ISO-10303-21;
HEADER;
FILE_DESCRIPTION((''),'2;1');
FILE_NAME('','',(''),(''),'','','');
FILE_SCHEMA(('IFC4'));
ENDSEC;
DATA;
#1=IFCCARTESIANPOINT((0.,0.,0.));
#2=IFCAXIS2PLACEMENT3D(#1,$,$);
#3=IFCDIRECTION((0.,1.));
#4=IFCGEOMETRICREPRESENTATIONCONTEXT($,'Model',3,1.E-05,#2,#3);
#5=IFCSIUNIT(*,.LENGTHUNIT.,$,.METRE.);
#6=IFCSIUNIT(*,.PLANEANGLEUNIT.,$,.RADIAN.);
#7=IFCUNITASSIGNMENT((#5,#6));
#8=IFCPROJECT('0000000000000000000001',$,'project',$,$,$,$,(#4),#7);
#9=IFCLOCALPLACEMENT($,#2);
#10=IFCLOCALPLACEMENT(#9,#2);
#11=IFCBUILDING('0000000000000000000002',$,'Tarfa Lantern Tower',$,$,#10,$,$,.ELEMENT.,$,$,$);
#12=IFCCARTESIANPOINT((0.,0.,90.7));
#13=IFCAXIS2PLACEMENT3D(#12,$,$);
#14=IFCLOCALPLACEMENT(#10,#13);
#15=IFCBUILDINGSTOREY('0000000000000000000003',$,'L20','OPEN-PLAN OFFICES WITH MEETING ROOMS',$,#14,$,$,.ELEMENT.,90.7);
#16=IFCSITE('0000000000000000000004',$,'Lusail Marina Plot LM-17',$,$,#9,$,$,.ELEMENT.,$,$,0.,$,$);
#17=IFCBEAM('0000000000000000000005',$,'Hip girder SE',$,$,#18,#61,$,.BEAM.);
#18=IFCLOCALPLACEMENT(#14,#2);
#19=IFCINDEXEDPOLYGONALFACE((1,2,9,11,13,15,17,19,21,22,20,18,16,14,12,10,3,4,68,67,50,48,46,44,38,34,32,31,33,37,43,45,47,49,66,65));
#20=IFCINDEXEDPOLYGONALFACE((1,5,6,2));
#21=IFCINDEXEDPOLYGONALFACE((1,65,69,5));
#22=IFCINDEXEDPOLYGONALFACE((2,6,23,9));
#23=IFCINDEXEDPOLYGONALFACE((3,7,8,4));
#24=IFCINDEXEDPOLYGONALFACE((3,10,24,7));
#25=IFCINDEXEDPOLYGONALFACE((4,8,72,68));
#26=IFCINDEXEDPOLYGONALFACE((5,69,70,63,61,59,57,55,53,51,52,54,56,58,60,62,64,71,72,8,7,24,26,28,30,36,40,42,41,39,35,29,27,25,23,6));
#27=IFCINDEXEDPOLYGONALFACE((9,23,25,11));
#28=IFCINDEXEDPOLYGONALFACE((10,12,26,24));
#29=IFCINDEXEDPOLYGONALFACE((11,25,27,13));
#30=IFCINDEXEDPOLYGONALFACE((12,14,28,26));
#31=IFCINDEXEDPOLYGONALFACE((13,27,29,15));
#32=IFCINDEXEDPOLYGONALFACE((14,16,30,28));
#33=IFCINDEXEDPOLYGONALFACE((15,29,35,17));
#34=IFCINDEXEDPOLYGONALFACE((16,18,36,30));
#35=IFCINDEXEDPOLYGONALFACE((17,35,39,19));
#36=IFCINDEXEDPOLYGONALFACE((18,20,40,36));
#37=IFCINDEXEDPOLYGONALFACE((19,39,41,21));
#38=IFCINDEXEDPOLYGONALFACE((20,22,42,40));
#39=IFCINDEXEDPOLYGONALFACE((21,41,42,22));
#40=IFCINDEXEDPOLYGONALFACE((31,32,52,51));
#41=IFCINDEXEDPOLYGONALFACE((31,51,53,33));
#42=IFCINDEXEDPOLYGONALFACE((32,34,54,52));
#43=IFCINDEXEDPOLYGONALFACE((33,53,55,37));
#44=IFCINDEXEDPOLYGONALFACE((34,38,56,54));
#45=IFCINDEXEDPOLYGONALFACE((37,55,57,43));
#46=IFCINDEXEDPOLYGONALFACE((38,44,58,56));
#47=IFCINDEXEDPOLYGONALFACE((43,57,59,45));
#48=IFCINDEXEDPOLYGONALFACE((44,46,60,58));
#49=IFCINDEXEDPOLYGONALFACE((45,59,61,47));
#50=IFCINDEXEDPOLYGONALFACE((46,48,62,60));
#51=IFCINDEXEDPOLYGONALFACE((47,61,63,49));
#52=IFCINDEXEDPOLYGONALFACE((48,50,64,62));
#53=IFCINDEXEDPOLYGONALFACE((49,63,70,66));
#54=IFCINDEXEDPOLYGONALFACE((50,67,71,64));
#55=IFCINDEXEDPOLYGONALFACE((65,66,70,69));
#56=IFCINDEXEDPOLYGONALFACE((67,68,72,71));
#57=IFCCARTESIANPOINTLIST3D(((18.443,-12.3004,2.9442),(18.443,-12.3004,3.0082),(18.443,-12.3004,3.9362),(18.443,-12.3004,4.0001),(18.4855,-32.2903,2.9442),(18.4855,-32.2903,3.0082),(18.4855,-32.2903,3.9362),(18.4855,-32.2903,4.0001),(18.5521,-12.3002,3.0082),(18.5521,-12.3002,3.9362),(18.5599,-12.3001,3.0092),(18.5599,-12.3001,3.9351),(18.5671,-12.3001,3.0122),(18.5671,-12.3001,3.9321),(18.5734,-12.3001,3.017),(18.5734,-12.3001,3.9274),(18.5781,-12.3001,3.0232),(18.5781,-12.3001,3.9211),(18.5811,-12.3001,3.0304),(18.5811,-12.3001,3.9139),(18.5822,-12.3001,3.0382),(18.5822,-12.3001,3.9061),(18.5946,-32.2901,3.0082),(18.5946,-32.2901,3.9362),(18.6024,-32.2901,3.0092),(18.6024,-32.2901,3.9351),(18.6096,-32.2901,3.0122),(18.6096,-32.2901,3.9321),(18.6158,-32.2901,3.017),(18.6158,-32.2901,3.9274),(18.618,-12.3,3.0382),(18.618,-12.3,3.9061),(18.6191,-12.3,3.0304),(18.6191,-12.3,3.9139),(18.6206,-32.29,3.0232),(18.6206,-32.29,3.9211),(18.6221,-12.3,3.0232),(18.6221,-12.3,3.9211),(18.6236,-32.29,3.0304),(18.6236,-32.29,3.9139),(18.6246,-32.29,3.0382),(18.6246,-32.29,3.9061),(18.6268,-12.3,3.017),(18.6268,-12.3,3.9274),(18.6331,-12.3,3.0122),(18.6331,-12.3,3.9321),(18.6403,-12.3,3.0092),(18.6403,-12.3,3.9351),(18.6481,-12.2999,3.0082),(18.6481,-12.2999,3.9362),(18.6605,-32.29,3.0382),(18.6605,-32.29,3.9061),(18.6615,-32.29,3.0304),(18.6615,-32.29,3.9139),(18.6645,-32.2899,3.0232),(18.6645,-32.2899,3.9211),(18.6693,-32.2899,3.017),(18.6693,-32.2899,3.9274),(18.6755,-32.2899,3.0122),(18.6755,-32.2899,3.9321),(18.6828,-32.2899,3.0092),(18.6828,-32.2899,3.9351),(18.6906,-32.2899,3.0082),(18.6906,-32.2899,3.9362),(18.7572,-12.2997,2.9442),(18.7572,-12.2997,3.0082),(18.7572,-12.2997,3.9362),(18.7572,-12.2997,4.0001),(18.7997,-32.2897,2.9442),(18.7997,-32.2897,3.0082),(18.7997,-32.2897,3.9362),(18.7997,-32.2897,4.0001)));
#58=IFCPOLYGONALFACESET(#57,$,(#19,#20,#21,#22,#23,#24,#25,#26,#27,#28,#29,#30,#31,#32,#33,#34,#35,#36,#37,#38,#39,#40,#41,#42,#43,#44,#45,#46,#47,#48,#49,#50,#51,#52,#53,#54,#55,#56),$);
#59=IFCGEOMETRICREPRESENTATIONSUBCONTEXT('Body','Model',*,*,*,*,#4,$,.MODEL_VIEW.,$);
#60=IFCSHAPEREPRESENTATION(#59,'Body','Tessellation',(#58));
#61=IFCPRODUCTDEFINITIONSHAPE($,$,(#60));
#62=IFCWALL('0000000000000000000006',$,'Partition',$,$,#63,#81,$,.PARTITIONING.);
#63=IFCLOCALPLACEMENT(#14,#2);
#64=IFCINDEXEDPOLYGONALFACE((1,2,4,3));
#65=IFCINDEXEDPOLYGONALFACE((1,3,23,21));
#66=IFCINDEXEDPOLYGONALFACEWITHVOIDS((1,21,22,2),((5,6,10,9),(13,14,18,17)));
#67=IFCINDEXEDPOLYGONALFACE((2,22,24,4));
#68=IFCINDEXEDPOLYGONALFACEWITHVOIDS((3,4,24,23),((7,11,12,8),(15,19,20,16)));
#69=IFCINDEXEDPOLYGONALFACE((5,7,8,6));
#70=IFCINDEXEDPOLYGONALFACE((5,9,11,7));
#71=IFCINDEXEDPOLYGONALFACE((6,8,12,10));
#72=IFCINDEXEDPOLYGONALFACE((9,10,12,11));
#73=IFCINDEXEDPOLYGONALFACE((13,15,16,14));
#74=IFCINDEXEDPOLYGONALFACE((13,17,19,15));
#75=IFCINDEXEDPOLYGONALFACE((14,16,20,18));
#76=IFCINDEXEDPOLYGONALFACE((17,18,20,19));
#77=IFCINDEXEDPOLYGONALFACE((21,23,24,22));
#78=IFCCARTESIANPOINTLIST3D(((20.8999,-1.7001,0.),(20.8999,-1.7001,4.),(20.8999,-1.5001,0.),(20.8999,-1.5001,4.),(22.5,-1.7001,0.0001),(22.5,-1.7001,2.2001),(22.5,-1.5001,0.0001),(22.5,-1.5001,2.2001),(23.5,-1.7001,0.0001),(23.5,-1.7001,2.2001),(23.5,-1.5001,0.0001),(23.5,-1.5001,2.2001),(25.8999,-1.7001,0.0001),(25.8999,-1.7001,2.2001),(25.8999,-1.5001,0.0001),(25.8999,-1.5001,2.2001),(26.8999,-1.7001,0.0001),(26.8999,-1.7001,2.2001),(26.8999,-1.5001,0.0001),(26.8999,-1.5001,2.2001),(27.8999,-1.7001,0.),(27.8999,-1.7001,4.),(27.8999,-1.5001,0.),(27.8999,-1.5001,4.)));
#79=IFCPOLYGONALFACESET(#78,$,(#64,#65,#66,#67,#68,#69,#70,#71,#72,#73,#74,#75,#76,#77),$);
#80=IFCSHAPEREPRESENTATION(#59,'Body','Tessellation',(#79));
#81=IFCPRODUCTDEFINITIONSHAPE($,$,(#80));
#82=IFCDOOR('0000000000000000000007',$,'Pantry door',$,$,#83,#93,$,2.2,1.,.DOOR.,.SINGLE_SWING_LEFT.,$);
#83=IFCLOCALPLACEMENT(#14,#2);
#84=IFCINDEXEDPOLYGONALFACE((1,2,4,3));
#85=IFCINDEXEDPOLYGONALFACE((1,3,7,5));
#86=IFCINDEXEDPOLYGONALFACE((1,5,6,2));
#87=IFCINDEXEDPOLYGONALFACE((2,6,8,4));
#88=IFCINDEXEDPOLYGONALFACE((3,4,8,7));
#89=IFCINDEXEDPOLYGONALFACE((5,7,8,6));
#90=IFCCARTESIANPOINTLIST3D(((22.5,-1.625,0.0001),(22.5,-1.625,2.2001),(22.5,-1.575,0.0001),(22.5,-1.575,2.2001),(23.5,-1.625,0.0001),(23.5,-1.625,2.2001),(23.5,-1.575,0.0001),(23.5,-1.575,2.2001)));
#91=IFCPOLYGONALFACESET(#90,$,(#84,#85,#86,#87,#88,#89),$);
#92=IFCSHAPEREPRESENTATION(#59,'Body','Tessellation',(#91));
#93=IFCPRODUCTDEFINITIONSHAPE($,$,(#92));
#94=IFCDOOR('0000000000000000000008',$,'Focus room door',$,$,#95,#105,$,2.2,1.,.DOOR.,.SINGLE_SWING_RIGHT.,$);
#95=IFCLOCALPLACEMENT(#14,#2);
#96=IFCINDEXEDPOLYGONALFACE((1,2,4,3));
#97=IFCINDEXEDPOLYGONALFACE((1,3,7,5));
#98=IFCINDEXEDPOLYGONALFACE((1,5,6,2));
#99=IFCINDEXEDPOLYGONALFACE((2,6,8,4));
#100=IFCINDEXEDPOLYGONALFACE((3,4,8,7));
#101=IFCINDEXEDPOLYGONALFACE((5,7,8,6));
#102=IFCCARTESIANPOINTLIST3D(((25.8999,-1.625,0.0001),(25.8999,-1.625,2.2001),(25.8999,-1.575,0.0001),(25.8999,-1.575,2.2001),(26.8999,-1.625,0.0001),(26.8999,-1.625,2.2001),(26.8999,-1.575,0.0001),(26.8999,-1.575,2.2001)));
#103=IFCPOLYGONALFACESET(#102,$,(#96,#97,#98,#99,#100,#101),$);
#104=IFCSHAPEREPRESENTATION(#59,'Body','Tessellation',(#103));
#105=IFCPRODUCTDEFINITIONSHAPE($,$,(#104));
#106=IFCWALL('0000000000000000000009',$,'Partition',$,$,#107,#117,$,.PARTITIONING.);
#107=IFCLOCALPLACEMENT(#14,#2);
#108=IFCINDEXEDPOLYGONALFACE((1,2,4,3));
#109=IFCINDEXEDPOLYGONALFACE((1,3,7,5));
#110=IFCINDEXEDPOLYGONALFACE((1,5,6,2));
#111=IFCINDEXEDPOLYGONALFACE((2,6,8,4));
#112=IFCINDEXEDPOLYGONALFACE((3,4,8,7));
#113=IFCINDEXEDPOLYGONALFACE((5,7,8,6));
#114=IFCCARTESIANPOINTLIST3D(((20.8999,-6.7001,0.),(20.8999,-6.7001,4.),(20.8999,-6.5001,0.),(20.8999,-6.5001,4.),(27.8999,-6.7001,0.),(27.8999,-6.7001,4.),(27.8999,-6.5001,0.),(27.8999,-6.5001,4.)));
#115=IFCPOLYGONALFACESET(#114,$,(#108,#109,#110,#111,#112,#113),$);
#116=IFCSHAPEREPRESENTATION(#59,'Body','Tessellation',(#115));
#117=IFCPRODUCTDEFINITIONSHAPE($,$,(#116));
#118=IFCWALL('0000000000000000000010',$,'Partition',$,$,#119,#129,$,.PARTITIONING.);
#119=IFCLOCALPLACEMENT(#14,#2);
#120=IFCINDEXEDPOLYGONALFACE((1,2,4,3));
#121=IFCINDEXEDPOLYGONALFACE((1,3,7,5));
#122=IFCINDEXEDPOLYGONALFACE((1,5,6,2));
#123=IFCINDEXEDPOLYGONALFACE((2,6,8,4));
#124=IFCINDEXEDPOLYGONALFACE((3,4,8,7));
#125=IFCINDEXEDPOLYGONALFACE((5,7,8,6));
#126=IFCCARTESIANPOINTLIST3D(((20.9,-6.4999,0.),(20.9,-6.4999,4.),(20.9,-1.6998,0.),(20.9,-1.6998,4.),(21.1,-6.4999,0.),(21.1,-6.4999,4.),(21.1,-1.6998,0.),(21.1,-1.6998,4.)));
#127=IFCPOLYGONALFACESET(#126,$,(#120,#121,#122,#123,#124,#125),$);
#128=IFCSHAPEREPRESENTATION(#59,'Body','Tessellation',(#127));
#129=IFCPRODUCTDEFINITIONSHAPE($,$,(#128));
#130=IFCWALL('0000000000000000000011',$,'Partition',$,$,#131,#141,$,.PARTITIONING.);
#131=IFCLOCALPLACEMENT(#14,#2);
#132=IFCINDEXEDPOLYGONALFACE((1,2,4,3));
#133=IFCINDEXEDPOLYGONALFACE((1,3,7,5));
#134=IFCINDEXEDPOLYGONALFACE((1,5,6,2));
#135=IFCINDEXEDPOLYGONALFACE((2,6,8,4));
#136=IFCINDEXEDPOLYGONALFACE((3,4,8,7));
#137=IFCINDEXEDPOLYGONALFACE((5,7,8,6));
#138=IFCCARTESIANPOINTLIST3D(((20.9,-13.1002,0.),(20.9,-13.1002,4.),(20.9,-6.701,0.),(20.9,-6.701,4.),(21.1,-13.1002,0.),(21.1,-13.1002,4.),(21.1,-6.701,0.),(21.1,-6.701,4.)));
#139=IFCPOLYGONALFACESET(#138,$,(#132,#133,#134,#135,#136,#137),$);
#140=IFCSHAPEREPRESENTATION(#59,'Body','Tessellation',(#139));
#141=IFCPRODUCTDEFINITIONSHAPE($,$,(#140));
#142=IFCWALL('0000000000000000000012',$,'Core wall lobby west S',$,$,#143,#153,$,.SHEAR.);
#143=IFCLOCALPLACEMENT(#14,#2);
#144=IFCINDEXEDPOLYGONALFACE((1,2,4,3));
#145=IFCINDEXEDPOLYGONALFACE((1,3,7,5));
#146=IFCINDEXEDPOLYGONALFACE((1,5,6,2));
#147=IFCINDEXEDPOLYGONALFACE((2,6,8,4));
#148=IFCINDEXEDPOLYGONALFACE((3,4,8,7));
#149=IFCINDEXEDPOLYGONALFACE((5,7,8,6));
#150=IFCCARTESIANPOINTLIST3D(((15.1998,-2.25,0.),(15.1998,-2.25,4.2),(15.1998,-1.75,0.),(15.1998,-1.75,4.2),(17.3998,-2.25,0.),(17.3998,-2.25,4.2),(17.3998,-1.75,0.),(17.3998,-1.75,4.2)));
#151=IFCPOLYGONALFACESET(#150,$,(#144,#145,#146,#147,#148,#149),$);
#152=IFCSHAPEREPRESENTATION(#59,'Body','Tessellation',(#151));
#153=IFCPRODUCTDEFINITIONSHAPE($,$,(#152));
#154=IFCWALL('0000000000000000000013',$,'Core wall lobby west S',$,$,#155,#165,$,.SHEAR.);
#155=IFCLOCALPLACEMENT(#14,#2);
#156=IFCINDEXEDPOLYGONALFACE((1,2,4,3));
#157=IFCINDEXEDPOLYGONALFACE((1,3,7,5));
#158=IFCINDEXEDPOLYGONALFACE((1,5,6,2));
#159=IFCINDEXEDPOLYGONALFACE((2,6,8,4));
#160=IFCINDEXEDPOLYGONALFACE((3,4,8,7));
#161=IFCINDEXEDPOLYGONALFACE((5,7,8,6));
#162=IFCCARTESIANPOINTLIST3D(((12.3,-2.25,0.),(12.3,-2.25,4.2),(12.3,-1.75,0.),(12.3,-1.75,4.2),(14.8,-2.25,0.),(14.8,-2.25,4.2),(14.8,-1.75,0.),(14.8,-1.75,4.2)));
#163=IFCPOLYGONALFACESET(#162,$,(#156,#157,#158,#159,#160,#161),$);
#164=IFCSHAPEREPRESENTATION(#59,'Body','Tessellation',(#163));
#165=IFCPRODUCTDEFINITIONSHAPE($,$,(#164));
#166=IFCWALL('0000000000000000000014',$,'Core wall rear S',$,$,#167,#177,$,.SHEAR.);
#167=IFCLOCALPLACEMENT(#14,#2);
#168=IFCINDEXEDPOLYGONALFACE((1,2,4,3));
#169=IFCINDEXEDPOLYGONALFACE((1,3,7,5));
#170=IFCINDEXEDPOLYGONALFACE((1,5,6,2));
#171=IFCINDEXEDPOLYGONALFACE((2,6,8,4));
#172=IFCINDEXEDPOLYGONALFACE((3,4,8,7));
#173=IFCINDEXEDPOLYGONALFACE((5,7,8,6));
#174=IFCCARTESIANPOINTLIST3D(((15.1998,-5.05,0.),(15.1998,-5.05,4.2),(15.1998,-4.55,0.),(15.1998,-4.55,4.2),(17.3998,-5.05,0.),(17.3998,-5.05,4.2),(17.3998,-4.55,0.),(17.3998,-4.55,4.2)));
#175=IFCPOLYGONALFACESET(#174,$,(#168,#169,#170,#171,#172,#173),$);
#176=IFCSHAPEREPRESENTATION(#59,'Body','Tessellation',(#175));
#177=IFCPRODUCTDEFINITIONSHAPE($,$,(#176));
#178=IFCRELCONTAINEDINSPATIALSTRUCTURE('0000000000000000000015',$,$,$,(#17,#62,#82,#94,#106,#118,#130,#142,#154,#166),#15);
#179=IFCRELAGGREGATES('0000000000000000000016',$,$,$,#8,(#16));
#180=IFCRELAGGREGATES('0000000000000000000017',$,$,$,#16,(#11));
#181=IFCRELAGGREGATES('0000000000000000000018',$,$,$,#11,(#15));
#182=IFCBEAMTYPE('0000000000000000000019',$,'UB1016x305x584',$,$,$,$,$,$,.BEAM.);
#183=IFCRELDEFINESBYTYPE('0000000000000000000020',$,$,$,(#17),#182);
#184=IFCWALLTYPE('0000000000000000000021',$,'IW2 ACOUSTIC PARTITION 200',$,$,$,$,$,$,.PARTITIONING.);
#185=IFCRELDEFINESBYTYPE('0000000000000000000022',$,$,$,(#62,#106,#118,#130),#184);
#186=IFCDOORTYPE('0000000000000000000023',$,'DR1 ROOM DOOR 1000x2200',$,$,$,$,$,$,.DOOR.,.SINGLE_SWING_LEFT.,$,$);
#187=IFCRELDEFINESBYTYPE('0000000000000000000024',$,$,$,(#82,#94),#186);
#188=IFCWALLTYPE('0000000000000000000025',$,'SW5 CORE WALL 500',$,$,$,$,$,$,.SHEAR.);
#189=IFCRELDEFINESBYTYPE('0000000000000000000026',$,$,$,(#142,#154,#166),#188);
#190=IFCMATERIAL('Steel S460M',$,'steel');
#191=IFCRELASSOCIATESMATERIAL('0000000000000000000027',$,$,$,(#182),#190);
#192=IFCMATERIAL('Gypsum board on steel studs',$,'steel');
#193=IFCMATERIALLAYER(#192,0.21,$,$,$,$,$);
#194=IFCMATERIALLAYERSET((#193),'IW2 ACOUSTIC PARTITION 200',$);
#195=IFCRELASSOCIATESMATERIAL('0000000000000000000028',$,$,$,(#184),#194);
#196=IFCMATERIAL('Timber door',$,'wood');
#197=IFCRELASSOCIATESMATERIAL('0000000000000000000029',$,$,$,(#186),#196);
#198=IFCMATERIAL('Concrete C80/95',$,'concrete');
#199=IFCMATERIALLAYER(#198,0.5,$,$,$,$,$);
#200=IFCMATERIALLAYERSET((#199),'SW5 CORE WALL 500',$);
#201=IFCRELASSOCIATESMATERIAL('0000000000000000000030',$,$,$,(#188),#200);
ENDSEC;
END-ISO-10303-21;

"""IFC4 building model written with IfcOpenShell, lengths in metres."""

from ifc_helpers import new_model, si_unit, direction, frame, frame_2d, origin, origin_2d, place, context, subcontext, project, spatial, rectangle, i_section, extrude, material, layer, layer_set, material_profile, profile_set, type_object, element, fill, save


model = new_model("IFC4")

# Units and contexts
model_context = context("Model", 3, precision=1e-05, world=origin(), true_north=direction((0.0, 1.0)))
body_context = subcontext(model_context, "Body", "Model", "MODEL_VIEW")
ifc_project = project(units=[si_unit("LENGTHUNIT", "METRE"), si_unit("PLANEANGLEUNIT", "RADIAN")], contexts=[model_context])

# Site, building, storey
site_placement = place(None, origin())
site = spatial("IfcSite", under=ifc_project, at=site_placement, Name="Lusail Marina Plot LM-17", CompositionType="ELEMENT", RefElevation=0.0)
building_placement = place(site_placement, origin())
building = spatial("IfcBuilding", under=site, at=building_placement, Name="Tarfa Lantern Tower", CompositionType="ELEMENT")
storey_placement = place(building_placement, frame((0.0, 0.0, 90.7)))
storey = spatial("IfcBuildingStorey", under=building, at=storey_placement, Name="L20", Description="OPEN-PLAN OFFICES WITH MEETING ROOMS", CompositionType="ELEMENT", Elevation=90.7)

# Beam
ifc_material_1 = material(Name="Steel S460M", Category="steel")
ifc_material_profile = material_profile(ifc_material_1, i_section(OverallWidth=0.3142, OverallDepth=1.0559, WebThickness=0.0359, FlangeThickness=0.064, FilletRadius=0.03, at=origin_2d()), Name="UB1016x305x584")
ifc_profile_set = profile_set([ifc_material_profile], Name="Steel S460M")
beam_type = type_object("IfcBeamType", Name="UB1016x305x584", PredefinedType="BEAM", material=ifc_profile_set)
beam_placement = place(storey_placement, frame((18.6001, -12.3, 3.4722), z_axis=(0.002125, -0.999998, 0.0), x_axis=(0.999998, 0.002125, 0.0)))
element("IfcBeam", 1, at=beam_placement, inside=storey, type_object=beam_type, Name="Hip girder SE", PredefinedType="BEAM", context=body_context, shape_type="SweptSolid", body=[
    extrude(i_section(OverallWidth=0.3142, OverallDepth=1.0559, WebThickness=0.0359, FlangeThickness=0.064, FilletRadius=0.03, at=origin_2d()), origin(), (0.0, 0.0, 1.0), 19.99),
])

# Wall, openings, doors
ifc_material_2 = material(Name="Gypsum board on steel studs", Category="steel")
ifc_layer_1 = layer(ifc_material_2, 0.21)
ifc_layer_set_1 = layer_set([ifc_layer_1], Name="IW2 ACOUSTIC PARTITION 200")
wall_type_1 = type_object("IfcWallType", Name="IW2 ACOUSTIC PARTITION 200", PredefinedType="PARTITIONING", material=ifc_layer_set_1)
wall_1_placement = place(storey_placement, frame((20.8999, -1.6001, 0.0), z_axis=(0.0, 0.0, 1.0), x_axis=(1.0, 0.0, 0.0)))
wall_1 = element("IfcWall", 2, at=wall_1_placement, inside=storey, type_object=wall_type_1, Name="Partition", PredefinedType="PARTITIONING", context=body_context, shape_type="SweptSolid", body=[
    extrude(rectangle(XDim=7.0, YDim=0.2, at=frame_2d((3.5, 0.0))), origin(), (0.0, 0.0, 1.0), 4.0),
])
opening_1_placement = place(wall_1_placement, frame((1.6001, 0.0, 0.0)))
opening_1 = element("IfcOpeningElement", 3, at=opening_1_placement, cuts=wall_1, PredefinedType="OPENING", context=body_context, shape_type="SweptSolid", body=[
    extrude(rectangle(XDim=1.0, YDim=2.2, at=frame_2d((0.5, 1.1001))), frame((0.0, 0.1099, 0.0), z_axis=(0.0, -1.0, 0.0), x_axis=(1.0, 0.0, 0.0)), (0.0, 0.0, 1.0), 0.22),
])
opening_2_placement = place(wall_1_placement, frame((5.0, 0.0, 0.0)))
opening_2 = element("IfcOpeningElement", 4, at=opening_2_placement, cuts=wall_1, PredefinedType="OPENING", context=body_context, shape_type="SweptSolid", body=[
    extrude(rectangle(XDim=1.0, YDim=2.2, at=frame_2d((0.5, 1.1001))), frame((0.0, 0.1099, 0.0), z_axis=(0.0, -1.0, 0.0), x_axis=(1.0, 0.0, 0.0)), (0.0, 0.0, 1.0), 0.22),
])
ifc_material_3 = material(Name="Timber door", Category="wood")
door_type_1 = type_object("IfcDoorType", Name="DR1 ROOM DOOR 1000x2200", OperationType="SINGLE_SWING_LEFT", PredefinedType="DOOR", material=ifc_material_3)
door_1_placement = place(opening_1_placement, frame((1.0, 0.0, 0.0), z_axis=(0.0, 0.0, 1.0), x_axis=(-1.0, 0.0, 0.0)))
door_1 = element("IfcDoor", 5, at=door_1_placement, inside=storey, type_object=door_type_1, Name="Pantry door", OperationType="SINGLE_SWING_LEFT", OverallHeight=2.2, OverallWidth=1.0, PredefinedType="DOOR", context=body_context, shape_type="SweptSolid", body=[
    extrude(rectangle(XDim=1.0, YDim=2.2, at=frame_2d((0.5, 1.1001))), frame((0.0, 0.0249, 0.0), z_axis=(0.0, -1.0, 0.0), x_axis=(1.0, 0.0, 0.0)), (0.0, 0.0, 1.0), 0.05),
])
fill(opening_1, door_1)
door_2_placement = place(opening_2_placement, frame((1.0, 0.0, 0.0), z_axis=(0.0, 0.0, 1.0), x_axis=(-1.0, 0.0, 0.0)))
door_2 = element("IfcDoor", 6, at=door_2_placement, inside=storey, type_object=door_type_1, Name="Focus room door", OperationType="SINGLE_SWING_RIGHT", OverallHeight=2.2, OverallWidth=1.0, PredefinedType="DOOR", context=body_context, shape_type="SweptSolid", body=[
    extrude(rectangle(XDim=1.0, YDim=2.2, at=frame_2d((0.5, 1.1001))), frame((0.0, 0.0249, 0.0), z_axis=(0.0, -1.0, 0.0), x_axis=(1.0, 0.0, 0.0)), (0.0, 0.0, 1.0), 0.05),
])
fill(opening_2, door_2)

# Walls
wall_2_placement = place(storey_placement, frame((20.8999, -6.6001, 0.0), z_axis=(0.0, 0.0, 1.0), x_axis=(1.0, 0.0, 0.0)))
element("IfcWall", 7, at=wall_2_placement, inside=storey, type_object=wall_type_1, Name="Partition", PredefinedType="PARTITIONING", context=body_context, shape_type="SweptSolid", body=[
    extrude(rectangle(XDim=7.0, YDim=0.2, at=frame_2d((3.5, 0.0))), origin(), (0.0, 0.0, 1.0), 4.0),
])
wall_3_placement = place(storey_placement, frame((21.0, -1.7, 0.0), z_axis=(0.0, 0.0, 1.0), x_axis=(0.0, -1.0, 0.0)))
element("IfcWall", 8, at=wall_3_placement, inside=storey, type_object=wall_type_1, Name="Partition", PredefinedType="PARTITIONING", context=body_context, shape_type="SweptSolid", body=[
    extrude(rectangle(XDim=4.8, YDim=0.2, at=frame_2d((2.3999, 0.0))), origin(), (0.0, 0.0, 1.0), 4.0),
])
wall_4_placement = place(storey_placement, frame((21.0, -6.7009, 0.0), z_axis=(0.0, 0.0, 1.0), x_axis=(0.0, -1.0, 0.0)))
element("IfcWall", 9, at=wall_4_placement, inside=storey, type_object=wall_type_1, Name="Partition", PredefinedType="PARTITIONING", context=body_context, shape_type="SweptSolid", body=[
    extrude(rectangle(XDim=6.3992, YDim=0.2, at=frame_2d((3.1997, 0.0))), origin(), (0.0, 0.0, 1.0), 4.0),
])

# Shared definitions
ifc_material_4 = material(Name="Concrete C80/95", Category="concrete")

# Walls
ifc_layer_2 = layer(ifc_material_4, 0.5)
ifc_layer_set_2 = layer_set([ifc_layer_2], Name="SW5 CORE WALL 500")
wall_type_2 = type_object("IfcWallType", Name="SW5 CORE WALL 500", PredefinedType="SHEAR", material=ifc_layer_set_2)
wall_5_placement = place(storey_placement, frame((17.3999, -2.0, 0.0), z_axis=(0.0, 0.0, 1.0), x_axis=(-1.0, 0.0, 0.0)))
element("IfcWall", 10, at=wall_5_placement, inside=storey, type_object=wall_type_2, Name="Core wall lobby west S", PredefinedType="SHEAR", context=body_context, shape_type="SweptSolid", body=[
    extrude(rectangle(XDim=2.2, YDim=0.5, at=frame_2d((1.1001, 0.0))), origin(), (0.0, 0.0, 1.0), 4.2),
])
wall_6_placement = place(storey_placement, frame((14.8, -2.0, 0.0), z_axis=(0.0, 0.0, 1.0), x_axis=(-1.0, 0.0, 0.0)))
element("IfcWall", 11, at=wall_6_placement, inside=storey, type_object=wall_type_2, Name="Core wall lobby west S", PredefinedType="SHEAR", context=body_context, shape_type="SweptSolid", body=[
    extrude(rectangle(XDim=2.5, YDim=0.5, at=frame_2d((1.25, 0.0))), origin(), (0.0, 0.0, 1.0), 4.2),
])
wall_7_placement = place(storey_placement, frame((17.3999, -4.8, 0.0), z_axis=(0.0, 0.0, 1.0), x_axis=(-1.0, 0.0, 0.0)))
element("IfcWall", 12, at=wall_7_placement, inside=storey, type_object=wall_type_2, Name="Core wall rear S", PredefinedType="SHEAR", context=body_context, shape_type="SweptSolid", body=[
    extrude(rectangle(XDim=2.2, YDim=0.5, at=frame_2d((1.1001, 0.0))), origin(), (0.0, 0.0, 1.0), 4.2),
])

save(model, "model.ifc")
